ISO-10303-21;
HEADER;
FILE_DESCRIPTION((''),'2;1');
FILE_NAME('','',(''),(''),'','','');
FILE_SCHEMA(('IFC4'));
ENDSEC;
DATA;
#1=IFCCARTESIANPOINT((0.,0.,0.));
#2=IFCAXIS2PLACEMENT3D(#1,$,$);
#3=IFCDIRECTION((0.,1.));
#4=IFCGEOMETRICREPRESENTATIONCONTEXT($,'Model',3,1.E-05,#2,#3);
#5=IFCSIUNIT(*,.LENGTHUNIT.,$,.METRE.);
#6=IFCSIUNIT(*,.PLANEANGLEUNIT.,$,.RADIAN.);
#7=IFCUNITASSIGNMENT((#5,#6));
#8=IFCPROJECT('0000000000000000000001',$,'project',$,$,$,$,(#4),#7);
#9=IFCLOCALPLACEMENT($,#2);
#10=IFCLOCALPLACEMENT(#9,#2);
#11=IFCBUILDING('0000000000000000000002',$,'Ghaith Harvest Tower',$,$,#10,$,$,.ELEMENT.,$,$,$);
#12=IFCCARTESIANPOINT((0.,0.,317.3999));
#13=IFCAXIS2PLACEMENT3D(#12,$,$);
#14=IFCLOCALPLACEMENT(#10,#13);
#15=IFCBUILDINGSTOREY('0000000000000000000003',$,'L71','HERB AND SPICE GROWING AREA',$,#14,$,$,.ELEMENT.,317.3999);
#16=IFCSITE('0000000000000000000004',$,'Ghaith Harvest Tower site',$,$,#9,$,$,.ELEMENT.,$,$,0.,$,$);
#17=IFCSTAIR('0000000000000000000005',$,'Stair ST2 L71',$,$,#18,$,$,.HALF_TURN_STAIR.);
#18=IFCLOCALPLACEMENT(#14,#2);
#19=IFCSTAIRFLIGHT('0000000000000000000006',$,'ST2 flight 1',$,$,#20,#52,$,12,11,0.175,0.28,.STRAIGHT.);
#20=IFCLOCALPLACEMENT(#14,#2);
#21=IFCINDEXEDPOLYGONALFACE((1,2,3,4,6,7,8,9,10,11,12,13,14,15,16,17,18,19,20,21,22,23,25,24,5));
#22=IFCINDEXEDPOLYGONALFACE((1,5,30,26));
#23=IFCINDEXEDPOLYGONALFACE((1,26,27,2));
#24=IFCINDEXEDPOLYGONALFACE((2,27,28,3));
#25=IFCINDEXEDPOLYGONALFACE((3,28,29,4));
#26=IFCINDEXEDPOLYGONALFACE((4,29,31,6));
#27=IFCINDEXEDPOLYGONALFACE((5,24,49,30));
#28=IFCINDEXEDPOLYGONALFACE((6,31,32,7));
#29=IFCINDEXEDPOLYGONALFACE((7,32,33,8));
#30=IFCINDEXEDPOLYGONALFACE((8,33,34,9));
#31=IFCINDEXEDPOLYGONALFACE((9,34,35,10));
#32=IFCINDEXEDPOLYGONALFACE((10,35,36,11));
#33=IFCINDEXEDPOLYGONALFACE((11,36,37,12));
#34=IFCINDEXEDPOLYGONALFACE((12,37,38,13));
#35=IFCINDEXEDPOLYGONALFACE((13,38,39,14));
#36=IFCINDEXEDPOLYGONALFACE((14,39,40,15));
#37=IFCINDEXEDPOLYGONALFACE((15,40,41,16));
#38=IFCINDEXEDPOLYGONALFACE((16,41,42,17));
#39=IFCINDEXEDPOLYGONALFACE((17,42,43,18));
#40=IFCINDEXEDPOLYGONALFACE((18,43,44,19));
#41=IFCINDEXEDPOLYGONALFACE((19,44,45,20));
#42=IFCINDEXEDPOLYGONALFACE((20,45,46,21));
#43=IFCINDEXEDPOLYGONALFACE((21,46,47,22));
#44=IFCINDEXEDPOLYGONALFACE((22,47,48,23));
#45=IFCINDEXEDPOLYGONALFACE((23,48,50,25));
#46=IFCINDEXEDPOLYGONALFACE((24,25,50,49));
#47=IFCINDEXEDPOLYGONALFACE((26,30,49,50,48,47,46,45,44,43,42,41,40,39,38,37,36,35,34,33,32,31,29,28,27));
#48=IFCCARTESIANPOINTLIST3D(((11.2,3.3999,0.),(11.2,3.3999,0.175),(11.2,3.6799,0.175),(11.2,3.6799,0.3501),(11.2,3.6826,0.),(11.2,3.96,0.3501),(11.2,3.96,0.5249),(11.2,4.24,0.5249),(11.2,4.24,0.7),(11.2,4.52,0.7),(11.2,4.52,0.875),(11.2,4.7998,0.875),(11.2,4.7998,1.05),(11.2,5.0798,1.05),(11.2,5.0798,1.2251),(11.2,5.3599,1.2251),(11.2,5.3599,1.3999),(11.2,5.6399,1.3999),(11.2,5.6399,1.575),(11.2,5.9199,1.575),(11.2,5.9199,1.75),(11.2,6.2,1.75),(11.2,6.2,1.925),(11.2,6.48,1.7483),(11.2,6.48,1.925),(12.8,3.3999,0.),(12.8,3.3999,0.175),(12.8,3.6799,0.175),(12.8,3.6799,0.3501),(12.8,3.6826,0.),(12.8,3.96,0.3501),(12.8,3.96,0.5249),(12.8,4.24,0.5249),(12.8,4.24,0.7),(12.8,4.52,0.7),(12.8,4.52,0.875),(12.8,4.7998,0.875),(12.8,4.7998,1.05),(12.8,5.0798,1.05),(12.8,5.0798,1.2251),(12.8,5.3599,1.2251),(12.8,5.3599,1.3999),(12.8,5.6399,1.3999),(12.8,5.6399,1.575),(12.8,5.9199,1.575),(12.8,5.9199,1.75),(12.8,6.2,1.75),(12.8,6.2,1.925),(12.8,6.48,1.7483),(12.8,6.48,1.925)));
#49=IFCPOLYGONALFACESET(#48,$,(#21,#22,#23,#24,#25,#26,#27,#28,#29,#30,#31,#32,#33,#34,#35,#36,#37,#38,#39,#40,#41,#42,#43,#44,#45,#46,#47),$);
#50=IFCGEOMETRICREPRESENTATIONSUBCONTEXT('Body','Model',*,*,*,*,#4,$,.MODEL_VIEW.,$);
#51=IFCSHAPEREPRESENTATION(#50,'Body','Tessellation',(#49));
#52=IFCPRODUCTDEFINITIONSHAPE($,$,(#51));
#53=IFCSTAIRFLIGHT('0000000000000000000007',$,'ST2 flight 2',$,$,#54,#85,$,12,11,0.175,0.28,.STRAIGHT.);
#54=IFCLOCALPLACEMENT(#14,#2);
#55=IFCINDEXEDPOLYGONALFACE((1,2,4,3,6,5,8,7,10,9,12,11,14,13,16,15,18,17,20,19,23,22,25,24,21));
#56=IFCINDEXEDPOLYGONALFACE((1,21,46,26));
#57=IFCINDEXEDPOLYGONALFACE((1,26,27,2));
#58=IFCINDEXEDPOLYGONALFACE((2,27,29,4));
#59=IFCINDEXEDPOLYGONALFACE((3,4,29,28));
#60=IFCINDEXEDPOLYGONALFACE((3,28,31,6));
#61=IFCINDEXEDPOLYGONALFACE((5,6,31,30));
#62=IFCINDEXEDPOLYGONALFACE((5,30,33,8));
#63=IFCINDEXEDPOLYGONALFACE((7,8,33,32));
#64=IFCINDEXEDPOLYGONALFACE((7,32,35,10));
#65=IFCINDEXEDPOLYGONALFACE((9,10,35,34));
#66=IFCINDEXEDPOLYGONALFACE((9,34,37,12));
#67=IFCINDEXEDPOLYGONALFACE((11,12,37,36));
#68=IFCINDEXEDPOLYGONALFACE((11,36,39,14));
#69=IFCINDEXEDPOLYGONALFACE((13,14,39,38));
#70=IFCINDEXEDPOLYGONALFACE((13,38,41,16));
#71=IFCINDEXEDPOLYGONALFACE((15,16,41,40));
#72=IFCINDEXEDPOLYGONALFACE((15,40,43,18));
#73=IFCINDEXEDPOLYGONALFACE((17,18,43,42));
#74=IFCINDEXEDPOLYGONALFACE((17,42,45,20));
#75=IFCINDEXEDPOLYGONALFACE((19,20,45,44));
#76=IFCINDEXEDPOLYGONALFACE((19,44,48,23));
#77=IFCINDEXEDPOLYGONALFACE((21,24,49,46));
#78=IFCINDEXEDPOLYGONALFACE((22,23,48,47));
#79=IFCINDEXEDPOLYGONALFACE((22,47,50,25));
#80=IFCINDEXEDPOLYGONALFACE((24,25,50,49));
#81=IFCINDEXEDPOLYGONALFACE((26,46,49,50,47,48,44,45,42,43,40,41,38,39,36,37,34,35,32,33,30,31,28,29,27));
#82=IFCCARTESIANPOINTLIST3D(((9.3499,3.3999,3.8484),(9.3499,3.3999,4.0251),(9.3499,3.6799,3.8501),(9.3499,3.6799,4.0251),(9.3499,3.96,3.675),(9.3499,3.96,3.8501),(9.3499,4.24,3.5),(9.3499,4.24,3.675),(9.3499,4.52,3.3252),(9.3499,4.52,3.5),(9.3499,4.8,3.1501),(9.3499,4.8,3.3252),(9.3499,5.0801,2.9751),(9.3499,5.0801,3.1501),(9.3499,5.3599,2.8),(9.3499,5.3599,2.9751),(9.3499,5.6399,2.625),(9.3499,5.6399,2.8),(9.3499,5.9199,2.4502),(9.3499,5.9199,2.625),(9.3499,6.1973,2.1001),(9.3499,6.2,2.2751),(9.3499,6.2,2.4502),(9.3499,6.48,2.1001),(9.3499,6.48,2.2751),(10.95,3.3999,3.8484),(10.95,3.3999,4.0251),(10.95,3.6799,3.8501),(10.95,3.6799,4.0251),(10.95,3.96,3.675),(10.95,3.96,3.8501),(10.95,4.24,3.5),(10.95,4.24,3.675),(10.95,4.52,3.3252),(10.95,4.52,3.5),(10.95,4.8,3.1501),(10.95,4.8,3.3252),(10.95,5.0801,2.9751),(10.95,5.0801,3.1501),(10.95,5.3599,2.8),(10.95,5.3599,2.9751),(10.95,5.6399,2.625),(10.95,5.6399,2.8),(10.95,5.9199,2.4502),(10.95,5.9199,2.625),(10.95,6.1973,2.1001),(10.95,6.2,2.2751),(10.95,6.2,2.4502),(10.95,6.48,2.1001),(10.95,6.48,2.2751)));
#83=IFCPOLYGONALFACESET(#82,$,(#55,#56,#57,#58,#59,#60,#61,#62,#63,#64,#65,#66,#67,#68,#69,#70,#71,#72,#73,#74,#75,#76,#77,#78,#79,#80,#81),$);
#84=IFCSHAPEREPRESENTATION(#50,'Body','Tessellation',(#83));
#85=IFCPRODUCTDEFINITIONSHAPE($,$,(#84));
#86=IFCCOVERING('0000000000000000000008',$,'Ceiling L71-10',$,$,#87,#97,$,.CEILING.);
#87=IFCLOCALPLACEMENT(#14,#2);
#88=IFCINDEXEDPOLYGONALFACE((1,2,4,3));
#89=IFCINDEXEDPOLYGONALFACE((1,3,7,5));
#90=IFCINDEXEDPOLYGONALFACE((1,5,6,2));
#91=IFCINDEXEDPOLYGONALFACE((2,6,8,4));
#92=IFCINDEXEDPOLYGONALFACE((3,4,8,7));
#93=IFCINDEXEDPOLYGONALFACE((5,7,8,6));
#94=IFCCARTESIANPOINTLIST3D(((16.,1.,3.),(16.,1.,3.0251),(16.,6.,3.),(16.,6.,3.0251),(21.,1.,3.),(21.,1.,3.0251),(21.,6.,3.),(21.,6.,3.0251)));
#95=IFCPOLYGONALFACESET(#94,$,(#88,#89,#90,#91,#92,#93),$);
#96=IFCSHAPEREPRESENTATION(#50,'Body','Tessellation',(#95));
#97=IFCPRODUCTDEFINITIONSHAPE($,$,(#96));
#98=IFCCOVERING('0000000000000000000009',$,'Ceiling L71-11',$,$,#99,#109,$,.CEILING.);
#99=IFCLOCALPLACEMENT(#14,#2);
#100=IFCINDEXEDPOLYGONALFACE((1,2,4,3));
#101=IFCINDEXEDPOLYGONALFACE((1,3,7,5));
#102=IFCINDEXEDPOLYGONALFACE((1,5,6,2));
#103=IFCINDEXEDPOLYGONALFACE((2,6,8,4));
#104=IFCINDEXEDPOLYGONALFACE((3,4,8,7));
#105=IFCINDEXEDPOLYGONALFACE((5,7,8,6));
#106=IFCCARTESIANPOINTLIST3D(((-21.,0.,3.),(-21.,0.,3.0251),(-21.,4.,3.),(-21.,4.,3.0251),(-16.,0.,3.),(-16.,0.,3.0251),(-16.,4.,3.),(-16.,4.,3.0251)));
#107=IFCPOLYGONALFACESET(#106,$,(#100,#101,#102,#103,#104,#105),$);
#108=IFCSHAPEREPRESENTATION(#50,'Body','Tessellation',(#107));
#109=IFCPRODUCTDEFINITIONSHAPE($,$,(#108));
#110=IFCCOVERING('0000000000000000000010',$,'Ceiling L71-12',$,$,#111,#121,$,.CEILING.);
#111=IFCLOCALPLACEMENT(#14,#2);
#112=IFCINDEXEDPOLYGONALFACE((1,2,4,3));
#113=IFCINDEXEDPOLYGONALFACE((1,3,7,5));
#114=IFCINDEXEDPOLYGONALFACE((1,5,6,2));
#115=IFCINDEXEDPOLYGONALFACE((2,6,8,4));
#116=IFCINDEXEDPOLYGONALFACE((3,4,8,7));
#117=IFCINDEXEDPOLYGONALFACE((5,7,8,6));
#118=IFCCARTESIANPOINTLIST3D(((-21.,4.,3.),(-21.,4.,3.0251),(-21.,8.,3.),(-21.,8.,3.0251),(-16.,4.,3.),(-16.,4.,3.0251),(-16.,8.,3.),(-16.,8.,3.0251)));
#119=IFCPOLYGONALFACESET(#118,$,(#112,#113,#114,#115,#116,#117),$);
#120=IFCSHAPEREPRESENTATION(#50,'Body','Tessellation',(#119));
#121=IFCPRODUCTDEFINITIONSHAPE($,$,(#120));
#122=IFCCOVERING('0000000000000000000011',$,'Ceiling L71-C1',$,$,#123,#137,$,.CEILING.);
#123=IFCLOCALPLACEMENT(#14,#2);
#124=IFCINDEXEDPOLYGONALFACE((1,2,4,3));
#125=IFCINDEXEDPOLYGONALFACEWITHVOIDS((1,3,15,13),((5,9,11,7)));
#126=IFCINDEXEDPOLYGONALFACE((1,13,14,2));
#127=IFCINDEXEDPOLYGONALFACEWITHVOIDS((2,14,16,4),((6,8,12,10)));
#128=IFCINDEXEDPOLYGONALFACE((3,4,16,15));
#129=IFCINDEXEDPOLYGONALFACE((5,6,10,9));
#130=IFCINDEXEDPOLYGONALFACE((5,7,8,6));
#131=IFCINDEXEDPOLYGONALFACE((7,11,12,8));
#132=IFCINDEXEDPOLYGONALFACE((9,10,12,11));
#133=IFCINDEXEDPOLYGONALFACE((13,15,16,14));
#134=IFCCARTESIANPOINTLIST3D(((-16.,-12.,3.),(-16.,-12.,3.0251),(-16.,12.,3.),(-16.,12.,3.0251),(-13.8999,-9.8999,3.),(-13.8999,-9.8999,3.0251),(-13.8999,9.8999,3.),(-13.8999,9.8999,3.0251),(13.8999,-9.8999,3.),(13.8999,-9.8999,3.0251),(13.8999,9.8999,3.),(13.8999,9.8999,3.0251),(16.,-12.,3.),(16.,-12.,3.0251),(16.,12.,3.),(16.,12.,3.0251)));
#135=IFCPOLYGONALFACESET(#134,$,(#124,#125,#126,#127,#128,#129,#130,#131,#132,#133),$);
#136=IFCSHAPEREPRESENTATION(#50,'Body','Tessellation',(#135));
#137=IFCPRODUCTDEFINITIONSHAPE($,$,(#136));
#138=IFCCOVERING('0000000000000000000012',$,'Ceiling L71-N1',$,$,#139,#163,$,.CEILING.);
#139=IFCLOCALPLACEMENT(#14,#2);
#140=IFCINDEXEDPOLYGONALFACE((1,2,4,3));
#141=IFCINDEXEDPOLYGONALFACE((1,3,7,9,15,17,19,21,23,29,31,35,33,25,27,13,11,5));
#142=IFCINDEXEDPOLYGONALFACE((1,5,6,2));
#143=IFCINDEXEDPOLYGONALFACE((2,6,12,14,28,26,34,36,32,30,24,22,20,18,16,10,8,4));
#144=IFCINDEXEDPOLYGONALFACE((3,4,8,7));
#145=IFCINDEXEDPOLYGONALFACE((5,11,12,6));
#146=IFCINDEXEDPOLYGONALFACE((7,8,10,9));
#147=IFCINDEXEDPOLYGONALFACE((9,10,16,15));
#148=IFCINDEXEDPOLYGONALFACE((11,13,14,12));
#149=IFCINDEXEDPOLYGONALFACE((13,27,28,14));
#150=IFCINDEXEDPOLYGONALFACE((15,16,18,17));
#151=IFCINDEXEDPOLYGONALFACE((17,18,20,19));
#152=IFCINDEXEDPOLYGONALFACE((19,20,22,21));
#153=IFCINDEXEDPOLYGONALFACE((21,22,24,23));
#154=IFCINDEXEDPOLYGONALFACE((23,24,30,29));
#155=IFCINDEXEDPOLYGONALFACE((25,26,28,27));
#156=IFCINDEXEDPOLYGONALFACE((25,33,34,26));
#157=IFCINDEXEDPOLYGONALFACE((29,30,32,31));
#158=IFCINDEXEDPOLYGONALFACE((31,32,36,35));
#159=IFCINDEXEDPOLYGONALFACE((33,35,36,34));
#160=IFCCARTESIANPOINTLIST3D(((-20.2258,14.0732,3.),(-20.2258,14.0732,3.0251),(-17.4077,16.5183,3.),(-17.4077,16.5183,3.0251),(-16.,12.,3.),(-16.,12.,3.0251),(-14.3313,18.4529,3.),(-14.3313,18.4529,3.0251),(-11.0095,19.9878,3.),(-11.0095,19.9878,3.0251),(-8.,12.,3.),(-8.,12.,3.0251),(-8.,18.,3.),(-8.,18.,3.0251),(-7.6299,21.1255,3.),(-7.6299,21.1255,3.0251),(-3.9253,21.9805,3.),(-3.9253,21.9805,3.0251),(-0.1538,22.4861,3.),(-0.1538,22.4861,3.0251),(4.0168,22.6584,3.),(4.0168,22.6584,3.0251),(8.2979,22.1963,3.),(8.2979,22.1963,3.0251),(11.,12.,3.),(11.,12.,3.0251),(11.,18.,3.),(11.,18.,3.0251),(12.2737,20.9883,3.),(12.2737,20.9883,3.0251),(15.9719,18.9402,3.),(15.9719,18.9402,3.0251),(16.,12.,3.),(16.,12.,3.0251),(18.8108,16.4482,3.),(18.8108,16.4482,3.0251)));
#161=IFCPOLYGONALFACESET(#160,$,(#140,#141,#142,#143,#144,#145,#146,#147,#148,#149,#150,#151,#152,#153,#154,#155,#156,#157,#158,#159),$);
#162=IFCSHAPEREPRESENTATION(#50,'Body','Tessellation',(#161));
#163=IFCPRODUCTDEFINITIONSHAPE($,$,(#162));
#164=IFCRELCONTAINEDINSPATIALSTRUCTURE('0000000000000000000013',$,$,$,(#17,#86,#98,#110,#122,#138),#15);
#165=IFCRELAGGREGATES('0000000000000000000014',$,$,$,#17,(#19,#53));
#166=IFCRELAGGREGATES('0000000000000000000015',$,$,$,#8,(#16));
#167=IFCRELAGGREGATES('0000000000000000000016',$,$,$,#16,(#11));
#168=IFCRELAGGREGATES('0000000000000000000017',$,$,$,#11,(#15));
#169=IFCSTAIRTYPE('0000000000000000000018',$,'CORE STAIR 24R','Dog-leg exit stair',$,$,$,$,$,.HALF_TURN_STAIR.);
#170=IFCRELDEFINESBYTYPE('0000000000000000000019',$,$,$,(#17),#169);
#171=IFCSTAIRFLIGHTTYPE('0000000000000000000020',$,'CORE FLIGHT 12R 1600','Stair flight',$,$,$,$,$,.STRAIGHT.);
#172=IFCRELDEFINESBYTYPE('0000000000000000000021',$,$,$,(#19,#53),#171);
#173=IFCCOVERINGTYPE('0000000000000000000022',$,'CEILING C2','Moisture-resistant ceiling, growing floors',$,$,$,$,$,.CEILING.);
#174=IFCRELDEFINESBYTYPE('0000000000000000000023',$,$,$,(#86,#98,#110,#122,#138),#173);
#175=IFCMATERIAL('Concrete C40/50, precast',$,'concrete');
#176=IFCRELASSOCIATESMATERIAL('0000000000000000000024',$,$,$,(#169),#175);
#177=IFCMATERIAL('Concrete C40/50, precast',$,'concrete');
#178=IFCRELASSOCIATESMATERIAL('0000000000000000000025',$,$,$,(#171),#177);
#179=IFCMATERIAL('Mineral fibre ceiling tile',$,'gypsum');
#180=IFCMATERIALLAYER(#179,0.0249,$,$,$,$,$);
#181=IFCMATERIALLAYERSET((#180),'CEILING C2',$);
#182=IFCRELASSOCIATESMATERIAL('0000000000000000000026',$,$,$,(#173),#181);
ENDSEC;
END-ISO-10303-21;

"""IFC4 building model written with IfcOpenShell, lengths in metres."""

from ifc_helpers import new_model, si_unit, direction, frame, origin, place, context, subcontext, project, spatial, polyline, outline, extrude, material, layer, layer_set, type_object, element, aggregate, save


model = new_model("IFC4")

# Units and contexts
model_context = context("Model", 3, precision=1e-05, world=origin(), true_north=direction((0.0, 1.0)))
body_context = subcontext(model_context, "Body", "Model", "MODEL_VIEW")
ifc_project = project(units=[si_unit("LENGTHUNIT", "METRE"), si_unit("PLANEANGLEUNIT", "RADIAN")], contexts=[model_context])

# Site, building, storey
site_placement = place(None, origin())
site = spatial("IfcSite", under=ifc_project, at=site_placement, Name="Ghaith Harvest Tower site", CompositionType="ELEMENT", RefElevation=0.0)
building_placement = place(site_placement, origin())
building = spatial("IfcBuilding", under=site, at=building_placement, Name="Ghaith Harvest Tower", CompositionType="ELEMENT")
storey_placement = place(building_placement, frame((0.0, 0.0, 317.3999)))
storey = spatial("IfcBuildingStorey", under=building, at=storey_placement, Name="L71", Description="HERB AND SPICE GROWING AREA", CompositionType="ELEMENT", Elevation=317.3999)

# Stair, stair flights
ifc_material_1 = material(Name="Concrete C40/50, precast", Category="concrete")
stair_type = type_object("IfcStairType", Name="CORE STAIR 24R", Description="Dog-leg exit stair", PredefinedType="HALF_TURN_STAIR", material=ifc_material_1)
stair_placement = place(storey_placement, origin())
stair = element("IfcStair", 1, at=stair_placement, inside=storey, type_object=stair_type, Name="Stair ST2 L71", PredefinedType="HALF_TURN_STAIR")
ifc_material_2 = material(Name="Concrete C40/50, precast", Category="concrete")
stair_flight_type = type_object("IfcStairFlightType", Name="CORE FLIGHT 12R 1600", Description="Stair flight", PredefinedType="STRAIGHT", material=ifc_material_2)
stair_flight_1_placement = place(storey_placement, frame((12.0, 3.3999, 0.0), z_axis=(0.0, 0.0, 1.0), x_axis=(0.0, 1.0, 0.0)))
stair_flight_1 = element("IfcStairFlight", 2, at=stair_flight_1_placement, type_object=stair_flight_type, Name="ST2 flight 1", NumberOfRisers=12, NumberOfTreads=11, PredefinedType="STRAIGHT", RiserHeight=0.175, TreadLength=0.28, context=body_context, shape_type="SweptSolid", body=[
    extrude(outline(polyline([(0.0, 0.0), (0.0, 0.175), (0.28, 0.175), (0.28, 0.3501), (0.5601, 0.3501), (0.5601, 0.5249), (0.8401, 0.5249), (0.8401, 0.7), (1.1201, 0.7), (1.1201, 0.875), (1.3999, 0.875), (1.3999, 1.05), (1.6799, 1.05), (1.6799, 1.2251), (1.96, 1.2251), (1.96, 1.3999), (2.24, 1.3999), (2.24, 1.575), (2.52, 1.575), (2.52, 1.75), (2.8, 1.75), (2.8, 1.925), (3.0801, 1.925), (3.0801, 2.1001), (3.0801, 1.7483), (0.2827, 0.0), (0.0, 0.0)])), frame((0.0, 0.8, 0.0), z_axis=(0.0, -1.0, 0.0), x_axis=(1.0, 0.0, 0.0)), (0.0, 0.0, 1.0), 1.6001),
])
stair_flight_2_placement = place(storey_placement, frame((10.1499, 6.48, 2.1001), z_axis=(0.0, 0.0, 1.0), x_axis=(0.0, -1.0, 0.0)))
stair_flight_2 = element("IfcStairFlight", 3, at=stair_flight_2_placement, type_object=stair_flight_type, Name="ST2 flight 2", NumberOfRisers=12, NumberOfTreads=11, PredefinedType="STRAIGHT", RiserHeight=0.175, TreadLength=0.28, context=body_context, shape_type="SweptSolid", body=[
    extrude(outline(polyline([(0.0, 0.0), (0.0, 0.175), (0.28, 0.175), (0.28, 0.3501), (0.5601, 0.3501), (0.5601, 0.5249), (0.8401, 0.5249), (0.8401, 0.7), (1.1201, 0.7), (1.1201, 0.875), (1.3999, 0.875), (1.3999, 1.05), (1.6799, 1.05), (1.6799, 1.2251), (1.96, 1.2251), (1.96, 1.3999), (2.24, 1.3999), (2.24, 1.575), (2.52, 1.575), (2.52, 1.75), (2.8, 1.75), (2.8, 1.925), (3.0801, 1.925), (3.0801, 2.1001), (3.0801, 1.7483), (0.2827, 0.0), (0.0, 0.0)])), frame((0.0, 0.8, 0.0), z_axis=(0.0, -1.0, 0.0), x_axis=(1.0, 0.0, 0.0)), (0.0, 0.0, 1.0), 1.6001),
])
aggregate(stair, [stair_flight_1, stair_flight_2])

# Coverings
ifc_material_3 = material(Name="Mineral fibre ceiling tile", Category="gypsum")
ifc_layer_1 = layer(ifc_material_3, 0.0249)
ifc_layer_set_1 = layer_set([ifc_layer_1], Name="CEILING C2")
covering_type = type_object("IfcCoveringType", Name="CEILING C2", Description="Moisture-resistant ceiling, growing floors", PredefinedType="CEILING", material=ifc_layer_set_1)
covering_1_placement = place(storey_placement, frame((0.0, 0.0, 3.0)))
element("IfcCovering", 4, at=covering_1_placement, inside=storey, type_object=covering_type, Name="Ceiling L71-10", PredefinedType="CEILING", context=body_context, shape_type="SweptSolid", body=[
    extrude(outline(polyline([(16.0, 1.0), (21.0, 1.0), (21.0, 6.0), (16.0, 6.0), (16.0, 1.0)])), origin(), (0.0, 0.0, 1.0), 0.0251),
])
covering_2_placement = place(storey_placement, frame((0.0, 0.0, 3.0)))
element("IfcCovering", 5, at=covering_2_placement, inside=storey, type_object=covering_type, Name="Ceiling L71-11", PredefinedType="CEILING", context=body_context, shape_type="SweptSolid", body=[
    extrude(outline(polyline([(-21.0, 0.0), (-16.0, 0.0), (-16.0, 4.0), (-21.0, 4.0), (-21.0, 0.0)])), origin(), (0.0, 0.0, 1.0), 0.0251),
])
covering_3_placement = place(storey_placement, frame((0.0, 0.0, 3.0)))
element("IfcCovering", 6, at=covering_3_placement, inside=storey, type_object=covering_type, Name="Ceiling L71-12", PredefinedType="CEILING", context=body_context, shape_type="SweptSolid", body=[
    extrude(outline(polyline([(-21.0, 4.0), (-16.0, 4.0), (-16.0, 8.0), (-21.0, 8.0), (-21.0, 4.0)])), origin(), (0.0, 0.0, 1.0), 0.0251),
])
covering_4_placement = place(storey_placement, frame((0.0, 0.0, 3.0)))
element("IfcCovering", 7, at=covering_4_placement, inside=storey, type_object=covering_type, Name="Ceiling L71-C1", PredefinedType="CEILING", context=body_context, shape_type="SweptSolid", body=[
    extrude(outline(polyline([(-16.0, 12.0), (16.0, 12.0), (16.0, -12.0), (-16.0, -12.0), (-16.0, 12.0)]), holes=[polyline([(13.8999, 9.8999), (-13.8999, 9.8999), (-13.8999, -9.8999), (13.8999, -9.8999), (13.8999, 9.8999)])]), origin(), (0.0, 0.0, 1.0), 0.0251),
])
covering_5_placement = place(storey_placement, frame((0.0, 0.0, 3.0)))
element("IfcCovering", 8, at=covering_5_placement, inside=storey, type_object=covering_type, Name="Ceiling L71-N1", PredefinedType="CEILING", context=body_context, shape_type="SweptSolid", body=[
    extrude(outline(polyline([(-17.4077, 16.5183), (-14.3313, 18.4529), (-11.0095, 19.9878), (-7.6299, 21.1255), (-3.9253, 21.9805), (-0.1538, 22.4861), (4.0168, 22.6584), (8.2979, 22.1963), (12.2737, 20.9883), (15.9719, 18.9402), (18.8108, 16.4482), (16.0, 12.0), (11.0, 12.0), (11.0, 18.0), (-8.0, 18.0), (-8.0, 12.0), (-16.0, 12.0), (-20.2258, 14.0732), (-17.4077, 16.5183)])), origin(), (0.0, 0.0, 1.0), 0.0251),
])

save(model, "model.ifc")
